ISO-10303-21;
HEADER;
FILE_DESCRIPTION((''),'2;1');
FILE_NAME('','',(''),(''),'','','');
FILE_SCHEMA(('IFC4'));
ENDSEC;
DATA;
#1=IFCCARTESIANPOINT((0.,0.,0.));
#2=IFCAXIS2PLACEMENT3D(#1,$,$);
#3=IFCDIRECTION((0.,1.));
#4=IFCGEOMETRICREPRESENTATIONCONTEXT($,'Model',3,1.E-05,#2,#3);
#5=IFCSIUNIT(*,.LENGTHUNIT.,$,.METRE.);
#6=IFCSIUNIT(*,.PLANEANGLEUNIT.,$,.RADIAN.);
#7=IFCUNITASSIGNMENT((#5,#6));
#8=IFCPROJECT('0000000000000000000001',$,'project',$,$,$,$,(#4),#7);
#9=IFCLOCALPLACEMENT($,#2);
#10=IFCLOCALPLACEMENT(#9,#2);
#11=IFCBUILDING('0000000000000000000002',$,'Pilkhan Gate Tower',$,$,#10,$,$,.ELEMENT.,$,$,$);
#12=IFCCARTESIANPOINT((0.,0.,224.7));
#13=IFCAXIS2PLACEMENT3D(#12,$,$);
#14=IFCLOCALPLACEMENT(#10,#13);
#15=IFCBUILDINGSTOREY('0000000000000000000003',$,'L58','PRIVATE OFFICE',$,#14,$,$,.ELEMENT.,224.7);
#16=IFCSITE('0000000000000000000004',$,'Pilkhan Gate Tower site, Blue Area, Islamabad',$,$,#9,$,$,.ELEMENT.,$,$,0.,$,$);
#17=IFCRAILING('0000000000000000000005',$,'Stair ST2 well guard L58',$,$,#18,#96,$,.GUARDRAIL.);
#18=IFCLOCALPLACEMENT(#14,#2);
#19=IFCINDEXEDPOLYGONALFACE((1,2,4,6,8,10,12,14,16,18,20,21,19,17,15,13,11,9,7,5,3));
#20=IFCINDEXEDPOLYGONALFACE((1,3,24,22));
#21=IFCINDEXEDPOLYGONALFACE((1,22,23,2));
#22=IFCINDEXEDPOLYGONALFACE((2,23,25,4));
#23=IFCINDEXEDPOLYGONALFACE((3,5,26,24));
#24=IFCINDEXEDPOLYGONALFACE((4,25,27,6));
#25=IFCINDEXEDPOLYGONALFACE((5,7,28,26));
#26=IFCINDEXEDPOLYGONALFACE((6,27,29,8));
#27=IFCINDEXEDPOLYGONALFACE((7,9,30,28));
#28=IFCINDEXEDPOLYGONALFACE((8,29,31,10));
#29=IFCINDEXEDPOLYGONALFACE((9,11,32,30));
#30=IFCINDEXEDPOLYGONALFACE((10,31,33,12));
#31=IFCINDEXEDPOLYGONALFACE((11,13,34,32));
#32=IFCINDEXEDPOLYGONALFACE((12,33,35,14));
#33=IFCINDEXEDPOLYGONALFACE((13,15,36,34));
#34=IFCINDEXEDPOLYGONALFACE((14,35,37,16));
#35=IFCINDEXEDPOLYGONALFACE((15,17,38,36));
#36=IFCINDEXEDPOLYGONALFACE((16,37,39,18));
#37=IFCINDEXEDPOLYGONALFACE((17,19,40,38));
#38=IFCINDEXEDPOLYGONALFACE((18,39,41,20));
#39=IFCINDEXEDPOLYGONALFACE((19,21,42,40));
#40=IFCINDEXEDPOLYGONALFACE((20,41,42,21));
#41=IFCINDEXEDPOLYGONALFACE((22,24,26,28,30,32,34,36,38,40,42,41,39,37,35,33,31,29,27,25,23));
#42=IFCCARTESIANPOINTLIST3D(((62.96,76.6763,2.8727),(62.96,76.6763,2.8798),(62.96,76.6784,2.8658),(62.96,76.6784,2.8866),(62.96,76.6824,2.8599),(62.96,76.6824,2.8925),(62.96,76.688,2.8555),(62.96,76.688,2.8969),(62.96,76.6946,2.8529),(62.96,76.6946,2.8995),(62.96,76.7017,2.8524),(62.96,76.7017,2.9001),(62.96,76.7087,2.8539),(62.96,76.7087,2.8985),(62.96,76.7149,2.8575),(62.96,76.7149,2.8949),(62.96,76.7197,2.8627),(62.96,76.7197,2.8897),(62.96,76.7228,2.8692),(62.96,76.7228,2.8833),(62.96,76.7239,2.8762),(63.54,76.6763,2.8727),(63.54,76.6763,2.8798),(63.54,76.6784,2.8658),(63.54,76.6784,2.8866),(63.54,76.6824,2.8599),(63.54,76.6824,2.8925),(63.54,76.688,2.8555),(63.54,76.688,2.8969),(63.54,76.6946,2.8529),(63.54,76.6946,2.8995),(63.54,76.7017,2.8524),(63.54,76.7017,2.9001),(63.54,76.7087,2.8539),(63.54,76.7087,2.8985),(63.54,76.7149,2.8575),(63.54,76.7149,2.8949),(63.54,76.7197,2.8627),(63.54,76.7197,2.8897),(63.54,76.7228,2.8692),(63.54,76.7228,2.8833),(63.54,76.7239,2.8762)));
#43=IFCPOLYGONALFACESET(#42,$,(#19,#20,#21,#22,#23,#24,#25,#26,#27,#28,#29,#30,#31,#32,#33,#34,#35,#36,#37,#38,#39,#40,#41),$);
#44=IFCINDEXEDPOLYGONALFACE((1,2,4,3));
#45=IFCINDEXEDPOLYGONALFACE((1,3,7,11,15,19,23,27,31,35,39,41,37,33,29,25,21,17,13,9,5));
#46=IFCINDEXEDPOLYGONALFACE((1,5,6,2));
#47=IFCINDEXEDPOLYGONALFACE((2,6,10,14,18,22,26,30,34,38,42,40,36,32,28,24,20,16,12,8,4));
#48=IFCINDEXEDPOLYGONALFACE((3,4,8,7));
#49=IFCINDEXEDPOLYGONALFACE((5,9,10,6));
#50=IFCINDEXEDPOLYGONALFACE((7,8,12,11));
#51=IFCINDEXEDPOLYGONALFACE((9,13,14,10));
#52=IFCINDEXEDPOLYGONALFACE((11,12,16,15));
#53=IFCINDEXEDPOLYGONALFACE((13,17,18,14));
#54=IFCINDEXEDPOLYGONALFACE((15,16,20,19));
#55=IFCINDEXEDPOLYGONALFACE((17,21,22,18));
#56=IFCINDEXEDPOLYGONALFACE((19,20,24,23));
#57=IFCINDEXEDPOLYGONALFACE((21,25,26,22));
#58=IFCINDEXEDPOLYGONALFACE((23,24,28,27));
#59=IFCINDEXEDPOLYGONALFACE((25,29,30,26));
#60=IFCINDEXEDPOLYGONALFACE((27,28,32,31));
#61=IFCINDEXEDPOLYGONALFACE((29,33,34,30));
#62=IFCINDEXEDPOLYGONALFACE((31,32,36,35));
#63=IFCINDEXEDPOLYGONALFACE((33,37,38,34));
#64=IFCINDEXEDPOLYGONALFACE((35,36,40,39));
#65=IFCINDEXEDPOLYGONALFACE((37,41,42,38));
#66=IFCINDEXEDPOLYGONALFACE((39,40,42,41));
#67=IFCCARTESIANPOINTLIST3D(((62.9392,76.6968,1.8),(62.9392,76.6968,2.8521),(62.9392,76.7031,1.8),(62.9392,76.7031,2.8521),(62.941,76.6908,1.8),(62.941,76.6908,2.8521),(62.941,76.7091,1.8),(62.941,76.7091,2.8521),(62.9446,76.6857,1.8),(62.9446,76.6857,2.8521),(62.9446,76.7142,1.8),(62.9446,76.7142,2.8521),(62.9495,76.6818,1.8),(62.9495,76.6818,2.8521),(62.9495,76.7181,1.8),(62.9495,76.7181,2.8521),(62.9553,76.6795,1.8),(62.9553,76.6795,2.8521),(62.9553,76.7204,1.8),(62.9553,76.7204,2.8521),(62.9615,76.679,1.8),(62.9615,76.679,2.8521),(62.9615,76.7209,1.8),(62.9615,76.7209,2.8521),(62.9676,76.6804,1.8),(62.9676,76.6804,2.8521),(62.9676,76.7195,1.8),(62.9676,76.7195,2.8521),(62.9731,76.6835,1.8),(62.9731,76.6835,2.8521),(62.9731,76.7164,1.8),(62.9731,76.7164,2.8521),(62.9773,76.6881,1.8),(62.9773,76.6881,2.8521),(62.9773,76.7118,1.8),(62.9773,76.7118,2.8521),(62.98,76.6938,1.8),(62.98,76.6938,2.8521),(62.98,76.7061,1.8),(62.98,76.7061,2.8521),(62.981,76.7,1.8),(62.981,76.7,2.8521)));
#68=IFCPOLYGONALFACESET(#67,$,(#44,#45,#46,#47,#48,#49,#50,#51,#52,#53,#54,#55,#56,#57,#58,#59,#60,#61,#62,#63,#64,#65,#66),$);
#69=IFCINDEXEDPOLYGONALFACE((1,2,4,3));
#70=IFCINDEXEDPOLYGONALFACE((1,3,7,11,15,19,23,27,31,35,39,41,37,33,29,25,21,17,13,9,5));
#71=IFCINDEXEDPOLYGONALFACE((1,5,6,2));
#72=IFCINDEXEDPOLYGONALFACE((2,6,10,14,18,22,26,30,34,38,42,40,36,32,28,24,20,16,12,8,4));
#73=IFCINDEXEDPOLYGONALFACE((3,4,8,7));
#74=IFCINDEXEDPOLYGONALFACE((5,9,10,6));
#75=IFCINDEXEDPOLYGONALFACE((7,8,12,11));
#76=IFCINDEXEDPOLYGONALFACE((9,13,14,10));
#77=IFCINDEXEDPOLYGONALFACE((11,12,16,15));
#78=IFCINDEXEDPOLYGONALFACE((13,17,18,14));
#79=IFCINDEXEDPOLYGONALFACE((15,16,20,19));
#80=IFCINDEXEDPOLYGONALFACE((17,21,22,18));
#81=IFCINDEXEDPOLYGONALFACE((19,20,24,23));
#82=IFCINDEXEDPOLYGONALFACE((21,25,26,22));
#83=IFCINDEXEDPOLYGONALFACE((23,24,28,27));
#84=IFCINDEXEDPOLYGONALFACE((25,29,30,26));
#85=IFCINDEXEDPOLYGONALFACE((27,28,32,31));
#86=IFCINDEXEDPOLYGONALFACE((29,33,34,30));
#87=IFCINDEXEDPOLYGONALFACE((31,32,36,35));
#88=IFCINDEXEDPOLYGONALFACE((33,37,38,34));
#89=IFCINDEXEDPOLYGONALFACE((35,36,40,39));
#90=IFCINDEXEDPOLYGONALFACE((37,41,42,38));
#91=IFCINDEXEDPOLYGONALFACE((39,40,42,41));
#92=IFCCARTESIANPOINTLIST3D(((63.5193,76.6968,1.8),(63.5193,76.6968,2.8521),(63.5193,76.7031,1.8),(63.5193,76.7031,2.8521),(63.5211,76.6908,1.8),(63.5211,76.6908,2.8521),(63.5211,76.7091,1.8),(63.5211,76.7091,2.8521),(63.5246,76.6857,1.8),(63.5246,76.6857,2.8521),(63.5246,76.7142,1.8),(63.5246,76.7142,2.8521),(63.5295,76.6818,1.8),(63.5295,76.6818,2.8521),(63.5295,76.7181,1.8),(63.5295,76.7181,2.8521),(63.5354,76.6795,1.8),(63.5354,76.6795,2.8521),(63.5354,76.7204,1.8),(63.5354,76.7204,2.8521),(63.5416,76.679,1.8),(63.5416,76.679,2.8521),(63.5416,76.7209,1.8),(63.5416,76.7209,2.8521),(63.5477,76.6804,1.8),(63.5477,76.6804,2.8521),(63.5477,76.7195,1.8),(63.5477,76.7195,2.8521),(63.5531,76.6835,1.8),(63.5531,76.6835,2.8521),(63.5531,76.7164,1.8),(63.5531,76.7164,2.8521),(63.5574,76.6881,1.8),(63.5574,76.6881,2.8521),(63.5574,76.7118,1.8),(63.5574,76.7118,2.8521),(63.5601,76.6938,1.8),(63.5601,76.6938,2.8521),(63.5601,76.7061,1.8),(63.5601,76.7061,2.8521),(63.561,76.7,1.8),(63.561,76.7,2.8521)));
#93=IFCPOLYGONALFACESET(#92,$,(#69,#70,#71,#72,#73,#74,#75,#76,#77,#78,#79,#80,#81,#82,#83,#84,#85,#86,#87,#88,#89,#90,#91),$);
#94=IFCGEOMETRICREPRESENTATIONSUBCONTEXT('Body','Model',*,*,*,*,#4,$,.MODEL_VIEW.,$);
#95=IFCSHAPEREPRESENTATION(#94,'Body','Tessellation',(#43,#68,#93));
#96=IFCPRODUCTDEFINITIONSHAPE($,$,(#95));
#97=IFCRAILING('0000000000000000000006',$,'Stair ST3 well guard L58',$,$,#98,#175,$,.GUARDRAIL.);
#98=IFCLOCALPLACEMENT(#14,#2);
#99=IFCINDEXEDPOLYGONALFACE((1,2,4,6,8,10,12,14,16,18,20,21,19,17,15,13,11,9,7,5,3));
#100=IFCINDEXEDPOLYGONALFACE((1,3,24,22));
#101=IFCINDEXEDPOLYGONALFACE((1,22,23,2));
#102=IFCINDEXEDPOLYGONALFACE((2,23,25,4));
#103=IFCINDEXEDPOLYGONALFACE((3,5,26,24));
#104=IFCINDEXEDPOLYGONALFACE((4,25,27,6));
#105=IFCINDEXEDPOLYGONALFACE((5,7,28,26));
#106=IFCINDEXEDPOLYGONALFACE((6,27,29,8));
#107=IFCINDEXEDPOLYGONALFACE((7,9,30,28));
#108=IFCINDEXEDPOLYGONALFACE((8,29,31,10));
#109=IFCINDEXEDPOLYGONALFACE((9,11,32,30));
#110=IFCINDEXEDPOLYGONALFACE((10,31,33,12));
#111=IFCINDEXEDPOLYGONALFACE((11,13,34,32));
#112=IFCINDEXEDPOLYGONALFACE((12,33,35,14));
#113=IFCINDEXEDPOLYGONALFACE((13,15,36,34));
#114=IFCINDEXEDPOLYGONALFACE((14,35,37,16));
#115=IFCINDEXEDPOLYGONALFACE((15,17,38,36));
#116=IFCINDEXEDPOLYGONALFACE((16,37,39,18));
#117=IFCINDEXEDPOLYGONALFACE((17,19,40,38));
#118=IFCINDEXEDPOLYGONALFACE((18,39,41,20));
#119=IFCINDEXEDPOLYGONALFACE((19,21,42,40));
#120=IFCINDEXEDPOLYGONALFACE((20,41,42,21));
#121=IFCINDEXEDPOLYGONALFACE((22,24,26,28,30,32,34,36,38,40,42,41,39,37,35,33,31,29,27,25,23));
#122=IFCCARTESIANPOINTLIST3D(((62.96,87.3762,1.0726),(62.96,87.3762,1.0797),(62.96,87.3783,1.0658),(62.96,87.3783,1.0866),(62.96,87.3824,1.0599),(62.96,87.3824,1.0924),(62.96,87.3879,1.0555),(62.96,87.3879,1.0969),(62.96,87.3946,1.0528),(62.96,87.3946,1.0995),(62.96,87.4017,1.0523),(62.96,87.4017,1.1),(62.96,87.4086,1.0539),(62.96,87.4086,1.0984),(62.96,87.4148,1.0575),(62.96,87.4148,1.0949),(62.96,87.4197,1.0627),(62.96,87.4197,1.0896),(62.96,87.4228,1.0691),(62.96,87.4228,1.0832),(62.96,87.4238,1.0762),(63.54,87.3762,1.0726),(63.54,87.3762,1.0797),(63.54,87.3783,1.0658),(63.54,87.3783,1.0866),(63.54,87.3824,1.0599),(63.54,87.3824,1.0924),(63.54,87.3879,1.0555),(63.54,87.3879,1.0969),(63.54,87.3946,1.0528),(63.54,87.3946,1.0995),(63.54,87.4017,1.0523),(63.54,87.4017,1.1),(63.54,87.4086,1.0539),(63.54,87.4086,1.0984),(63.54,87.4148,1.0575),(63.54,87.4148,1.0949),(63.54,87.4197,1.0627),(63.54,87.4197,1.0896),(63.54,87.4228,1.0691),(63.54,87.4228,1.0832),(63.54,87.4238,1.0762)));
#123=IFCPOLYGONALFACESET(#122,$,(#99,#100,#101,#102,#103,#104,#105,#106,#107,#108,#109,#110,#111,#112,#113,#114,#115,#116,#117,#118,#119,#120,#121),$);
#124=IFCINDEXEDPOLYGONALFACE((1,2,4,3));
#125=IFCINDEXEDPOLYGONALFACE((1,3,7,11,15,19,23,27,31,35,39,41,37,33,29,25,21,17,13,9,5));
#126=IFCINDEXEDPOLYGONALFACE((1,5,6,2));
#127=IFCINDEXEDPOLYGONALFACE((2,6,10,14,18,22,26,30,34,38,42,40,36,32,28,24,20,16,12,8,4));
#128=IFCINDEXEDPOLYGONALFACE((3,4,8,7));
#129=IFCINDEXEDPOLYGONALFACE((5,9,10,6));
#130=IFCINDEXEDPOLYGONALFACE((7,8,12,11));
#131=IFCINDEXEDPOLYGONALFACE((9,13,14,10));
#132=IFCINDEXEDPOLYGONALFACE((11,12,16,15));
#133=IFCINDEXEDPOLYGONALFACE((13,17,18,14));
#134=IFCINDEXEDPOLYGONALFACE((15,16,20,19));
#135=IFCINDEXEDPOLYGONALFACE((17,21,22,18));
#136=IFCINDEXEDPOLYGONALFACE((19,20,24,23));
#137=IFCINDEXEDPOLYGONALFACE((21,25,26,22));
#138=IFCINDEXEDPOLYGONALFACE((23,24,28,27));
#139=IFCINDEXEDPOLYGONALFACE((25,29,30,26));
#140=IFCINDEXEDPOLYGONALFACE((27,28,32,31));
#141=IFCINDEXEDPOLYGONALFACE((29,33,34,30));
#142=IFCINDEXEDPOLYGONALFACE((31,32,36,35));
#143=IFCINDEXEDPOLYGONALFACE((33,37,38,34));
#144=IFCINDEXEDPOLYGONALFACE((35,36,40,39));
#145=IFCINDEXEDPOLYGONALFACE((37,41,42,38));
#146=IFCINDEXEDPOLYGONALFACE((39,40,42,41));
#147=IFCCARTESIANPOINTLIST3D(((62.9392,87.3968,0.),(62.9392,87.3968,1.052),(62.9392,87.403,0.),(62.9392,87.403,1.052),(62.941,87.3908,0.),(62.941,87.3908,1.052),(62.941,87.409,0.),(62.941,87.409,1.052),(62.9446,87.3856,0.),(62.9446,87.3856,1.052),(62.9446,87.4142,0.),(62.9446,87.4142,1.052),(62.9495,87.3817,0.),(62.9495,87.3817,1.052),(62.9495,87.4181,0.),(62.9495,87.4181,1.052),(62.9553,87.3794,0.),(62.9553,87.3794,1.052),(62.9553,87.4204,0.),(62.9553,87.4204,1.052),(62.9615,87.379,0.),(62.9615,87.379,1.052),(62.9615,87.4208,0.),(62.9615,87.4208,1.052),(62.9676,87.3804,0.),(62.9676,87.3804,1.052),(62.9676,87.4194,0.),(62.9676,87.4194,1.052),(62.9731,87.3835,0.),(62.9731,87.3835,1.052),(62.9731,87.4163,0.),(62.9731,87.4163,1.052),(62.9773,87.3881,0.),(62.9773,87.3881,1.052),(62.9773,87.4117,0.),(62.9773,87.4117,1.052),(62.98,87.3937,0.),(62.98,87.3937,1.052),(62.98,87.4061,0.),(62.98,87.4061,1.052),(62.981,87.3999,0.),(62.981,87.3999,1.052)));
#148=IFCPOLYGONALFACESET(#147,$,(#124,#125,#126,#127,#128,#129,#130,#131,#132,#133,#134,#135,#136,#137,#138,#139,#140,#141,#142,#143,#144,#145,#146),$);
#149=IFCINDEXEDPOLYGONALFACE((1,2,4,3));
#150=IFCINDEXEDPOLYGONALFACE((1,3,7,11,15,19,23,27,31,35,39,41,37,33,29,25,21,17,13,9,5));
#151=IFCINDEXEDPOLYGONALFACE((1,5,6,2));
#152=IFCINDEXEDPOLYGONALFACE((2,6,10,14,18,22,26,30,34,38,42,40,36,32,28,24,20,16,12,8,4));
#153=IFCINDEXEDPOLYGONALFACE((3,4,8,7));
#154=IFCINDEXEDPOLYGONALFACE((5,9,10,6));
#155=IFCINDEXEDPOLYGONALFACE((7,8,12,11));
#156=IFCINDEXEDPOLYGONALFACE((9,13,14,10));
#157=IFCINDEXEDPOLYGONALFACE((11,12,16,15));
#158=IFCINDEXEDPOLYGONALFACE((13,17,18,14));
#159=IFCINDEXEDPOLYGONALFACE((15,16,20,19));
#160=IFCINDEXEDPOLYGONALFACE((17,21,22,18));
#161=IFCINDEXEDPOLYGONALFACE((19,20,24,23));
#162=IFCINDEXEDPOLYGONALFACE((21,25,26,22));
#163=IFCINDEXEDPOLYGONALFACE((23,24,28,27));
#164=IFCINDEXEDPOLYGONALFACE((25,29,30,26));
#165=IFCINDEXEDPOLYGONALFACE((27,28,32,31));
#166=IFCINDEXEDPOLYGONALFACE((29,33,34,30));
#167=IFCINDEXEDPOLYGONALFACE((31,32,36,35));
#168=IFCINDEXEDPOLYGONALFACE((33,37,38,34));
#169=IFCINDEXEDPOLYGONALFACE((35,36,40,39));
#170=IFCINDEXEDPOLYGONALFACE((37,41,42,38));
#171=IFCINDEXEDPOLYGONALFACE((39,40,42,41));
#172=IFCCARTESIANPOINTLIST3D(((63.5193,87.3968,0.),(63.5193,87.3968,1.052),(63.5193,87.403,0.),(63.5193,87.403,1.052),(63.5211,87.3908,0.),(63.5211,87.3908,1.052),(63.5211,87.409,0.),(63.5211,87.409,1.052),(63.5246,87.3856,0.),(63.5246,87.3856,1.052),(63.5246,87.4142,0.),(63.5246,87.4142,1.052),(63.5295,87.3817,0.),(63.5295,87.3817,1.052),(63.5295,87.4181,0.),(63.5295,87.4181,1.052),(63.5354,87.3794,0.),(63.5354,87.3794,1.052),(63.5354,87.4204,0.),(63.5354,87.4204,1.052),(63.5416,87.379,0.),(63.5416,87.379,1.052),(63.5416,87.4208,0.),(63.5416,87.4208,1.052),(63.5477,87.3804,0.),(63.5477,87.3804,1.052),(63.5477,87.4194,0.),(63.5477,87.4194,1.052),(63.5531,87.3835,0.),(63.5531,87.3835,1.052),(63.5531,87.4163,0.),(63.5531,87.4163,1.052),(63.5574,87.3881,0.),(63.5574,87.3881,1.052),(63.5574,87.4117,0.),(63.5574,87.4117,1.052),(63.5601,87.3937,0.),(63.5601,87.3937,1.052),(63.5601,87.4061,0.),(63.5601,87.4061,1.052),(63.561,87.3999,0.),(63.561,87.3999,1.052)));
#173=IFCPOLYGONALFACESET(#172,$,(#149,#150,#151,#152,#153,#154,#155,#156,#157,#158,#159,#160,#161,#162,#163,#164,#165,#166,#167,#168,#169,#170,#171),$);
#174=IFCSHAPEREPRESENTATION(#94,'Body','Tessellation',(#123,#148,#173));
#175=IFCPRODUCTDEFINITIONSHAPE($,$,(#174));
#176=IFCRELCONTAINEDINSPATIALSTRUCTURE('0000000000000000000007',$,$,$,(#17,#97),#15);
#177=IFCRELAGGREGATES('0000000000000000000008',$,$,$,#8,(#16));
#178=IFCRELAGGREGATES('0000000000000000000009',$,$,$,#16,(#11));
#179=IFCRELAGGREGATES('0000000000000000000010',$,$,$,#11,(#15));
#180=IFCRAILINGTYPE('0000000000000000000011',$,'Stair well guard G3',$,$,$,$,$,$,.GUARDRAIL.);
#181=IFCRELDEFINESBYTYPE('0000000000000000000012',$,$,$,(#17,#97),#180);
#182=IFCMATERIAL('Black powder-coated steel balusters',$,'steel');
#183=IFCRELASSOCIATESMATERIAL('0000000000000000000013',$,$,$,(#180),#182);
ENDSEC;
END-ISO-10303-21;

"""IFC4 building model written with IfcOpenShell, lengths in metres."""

from ifc_helpers import new_model, si_unit, direction, frame, origin, origin_2d, place, context, subcontext, project, spatial, circle, extrude, material, type_object, element, save


model = new_model("IFC4")

# Units and contexts
model_context = context("Model", 3, precision=1e-05, world=origin(), true_north=direction((0.0, 1.0)))
body_context = subcontext(model_context, "Body", "Model", "MODEL_VIEW")
ifc_project = project(units=[si_unit("LENGTHUNIT", "METRE"), si_unit("PLANEANGLEUNIT", "RADIAN")], contexts=[model_context])

# Site, building, storey
site_placement = place(None, origin())
site = spatial("IfcSite", under=ifc_project, at=site_placement, Name="Pilkhan Gate Tower site, Blue Area, Islamabad", CompositionType="ELEMENT", RefElevation=0.0)
building_placement = place(site_placement, origin())
building = spatial("IfcBuilding", under=site, at=building_placement, Name="Pilkhan Gate Tower", CompositionType="ELEMENT")
storey_placement = place(building_placement, frame((0.0, 0.0, 224.7)))
storey = spatial("IfcBuildingStorey", under=building, at=storey_placement, Name="L58", Description="PRIVATE OFFICE", CompositionType="ELEMENT", Elevation=224.7)

# Railings
ifc_material_1 = material(Name="Black powder-coated steel balusters", Category="steel")
railing_type_1 = type_object("IfcRailingType", Name="Stair well guard G3", PredefinedType="GUARDRAIL", material=ifc_material_1)
for number, where, name in (
    (1, (62.96, 76.7, 1.8), "Stair ST2 well guard L58"),
    (2, (62.96, 87.3999, 0.0), "Stair ST3 well guard L58"),
):
    element("IfcRailing", number, at=place(storey_placement, frame(where)), inside=storey, type_object=railing_type_1, Name=name, PredefinedType="GUARDRAIL", context=body_context, shape_type="SweptSolid", body=[
        extrude(circle(Radius=0.0239, at=origin_2d()), frame((0.0, 0.0, 1.0762), z_axis=(1.0, 0.0, 0.0), x_axis=(0.0, 1.0, 0.0)), (0.0, 0.0, 1.0), 0.5801),
        extrude(circle(Radius=0.021, at=origin_2d()), origin(), (0.0, 0.0, 1.0), 1.052),
        extrude(circle(Radius=0.021, at=origin_2d()), frame((0.5801, 0.0, 0.0)), (0.0, 0.0, 1.0), 1.052),
    ])

save(model, "model.ifc")
